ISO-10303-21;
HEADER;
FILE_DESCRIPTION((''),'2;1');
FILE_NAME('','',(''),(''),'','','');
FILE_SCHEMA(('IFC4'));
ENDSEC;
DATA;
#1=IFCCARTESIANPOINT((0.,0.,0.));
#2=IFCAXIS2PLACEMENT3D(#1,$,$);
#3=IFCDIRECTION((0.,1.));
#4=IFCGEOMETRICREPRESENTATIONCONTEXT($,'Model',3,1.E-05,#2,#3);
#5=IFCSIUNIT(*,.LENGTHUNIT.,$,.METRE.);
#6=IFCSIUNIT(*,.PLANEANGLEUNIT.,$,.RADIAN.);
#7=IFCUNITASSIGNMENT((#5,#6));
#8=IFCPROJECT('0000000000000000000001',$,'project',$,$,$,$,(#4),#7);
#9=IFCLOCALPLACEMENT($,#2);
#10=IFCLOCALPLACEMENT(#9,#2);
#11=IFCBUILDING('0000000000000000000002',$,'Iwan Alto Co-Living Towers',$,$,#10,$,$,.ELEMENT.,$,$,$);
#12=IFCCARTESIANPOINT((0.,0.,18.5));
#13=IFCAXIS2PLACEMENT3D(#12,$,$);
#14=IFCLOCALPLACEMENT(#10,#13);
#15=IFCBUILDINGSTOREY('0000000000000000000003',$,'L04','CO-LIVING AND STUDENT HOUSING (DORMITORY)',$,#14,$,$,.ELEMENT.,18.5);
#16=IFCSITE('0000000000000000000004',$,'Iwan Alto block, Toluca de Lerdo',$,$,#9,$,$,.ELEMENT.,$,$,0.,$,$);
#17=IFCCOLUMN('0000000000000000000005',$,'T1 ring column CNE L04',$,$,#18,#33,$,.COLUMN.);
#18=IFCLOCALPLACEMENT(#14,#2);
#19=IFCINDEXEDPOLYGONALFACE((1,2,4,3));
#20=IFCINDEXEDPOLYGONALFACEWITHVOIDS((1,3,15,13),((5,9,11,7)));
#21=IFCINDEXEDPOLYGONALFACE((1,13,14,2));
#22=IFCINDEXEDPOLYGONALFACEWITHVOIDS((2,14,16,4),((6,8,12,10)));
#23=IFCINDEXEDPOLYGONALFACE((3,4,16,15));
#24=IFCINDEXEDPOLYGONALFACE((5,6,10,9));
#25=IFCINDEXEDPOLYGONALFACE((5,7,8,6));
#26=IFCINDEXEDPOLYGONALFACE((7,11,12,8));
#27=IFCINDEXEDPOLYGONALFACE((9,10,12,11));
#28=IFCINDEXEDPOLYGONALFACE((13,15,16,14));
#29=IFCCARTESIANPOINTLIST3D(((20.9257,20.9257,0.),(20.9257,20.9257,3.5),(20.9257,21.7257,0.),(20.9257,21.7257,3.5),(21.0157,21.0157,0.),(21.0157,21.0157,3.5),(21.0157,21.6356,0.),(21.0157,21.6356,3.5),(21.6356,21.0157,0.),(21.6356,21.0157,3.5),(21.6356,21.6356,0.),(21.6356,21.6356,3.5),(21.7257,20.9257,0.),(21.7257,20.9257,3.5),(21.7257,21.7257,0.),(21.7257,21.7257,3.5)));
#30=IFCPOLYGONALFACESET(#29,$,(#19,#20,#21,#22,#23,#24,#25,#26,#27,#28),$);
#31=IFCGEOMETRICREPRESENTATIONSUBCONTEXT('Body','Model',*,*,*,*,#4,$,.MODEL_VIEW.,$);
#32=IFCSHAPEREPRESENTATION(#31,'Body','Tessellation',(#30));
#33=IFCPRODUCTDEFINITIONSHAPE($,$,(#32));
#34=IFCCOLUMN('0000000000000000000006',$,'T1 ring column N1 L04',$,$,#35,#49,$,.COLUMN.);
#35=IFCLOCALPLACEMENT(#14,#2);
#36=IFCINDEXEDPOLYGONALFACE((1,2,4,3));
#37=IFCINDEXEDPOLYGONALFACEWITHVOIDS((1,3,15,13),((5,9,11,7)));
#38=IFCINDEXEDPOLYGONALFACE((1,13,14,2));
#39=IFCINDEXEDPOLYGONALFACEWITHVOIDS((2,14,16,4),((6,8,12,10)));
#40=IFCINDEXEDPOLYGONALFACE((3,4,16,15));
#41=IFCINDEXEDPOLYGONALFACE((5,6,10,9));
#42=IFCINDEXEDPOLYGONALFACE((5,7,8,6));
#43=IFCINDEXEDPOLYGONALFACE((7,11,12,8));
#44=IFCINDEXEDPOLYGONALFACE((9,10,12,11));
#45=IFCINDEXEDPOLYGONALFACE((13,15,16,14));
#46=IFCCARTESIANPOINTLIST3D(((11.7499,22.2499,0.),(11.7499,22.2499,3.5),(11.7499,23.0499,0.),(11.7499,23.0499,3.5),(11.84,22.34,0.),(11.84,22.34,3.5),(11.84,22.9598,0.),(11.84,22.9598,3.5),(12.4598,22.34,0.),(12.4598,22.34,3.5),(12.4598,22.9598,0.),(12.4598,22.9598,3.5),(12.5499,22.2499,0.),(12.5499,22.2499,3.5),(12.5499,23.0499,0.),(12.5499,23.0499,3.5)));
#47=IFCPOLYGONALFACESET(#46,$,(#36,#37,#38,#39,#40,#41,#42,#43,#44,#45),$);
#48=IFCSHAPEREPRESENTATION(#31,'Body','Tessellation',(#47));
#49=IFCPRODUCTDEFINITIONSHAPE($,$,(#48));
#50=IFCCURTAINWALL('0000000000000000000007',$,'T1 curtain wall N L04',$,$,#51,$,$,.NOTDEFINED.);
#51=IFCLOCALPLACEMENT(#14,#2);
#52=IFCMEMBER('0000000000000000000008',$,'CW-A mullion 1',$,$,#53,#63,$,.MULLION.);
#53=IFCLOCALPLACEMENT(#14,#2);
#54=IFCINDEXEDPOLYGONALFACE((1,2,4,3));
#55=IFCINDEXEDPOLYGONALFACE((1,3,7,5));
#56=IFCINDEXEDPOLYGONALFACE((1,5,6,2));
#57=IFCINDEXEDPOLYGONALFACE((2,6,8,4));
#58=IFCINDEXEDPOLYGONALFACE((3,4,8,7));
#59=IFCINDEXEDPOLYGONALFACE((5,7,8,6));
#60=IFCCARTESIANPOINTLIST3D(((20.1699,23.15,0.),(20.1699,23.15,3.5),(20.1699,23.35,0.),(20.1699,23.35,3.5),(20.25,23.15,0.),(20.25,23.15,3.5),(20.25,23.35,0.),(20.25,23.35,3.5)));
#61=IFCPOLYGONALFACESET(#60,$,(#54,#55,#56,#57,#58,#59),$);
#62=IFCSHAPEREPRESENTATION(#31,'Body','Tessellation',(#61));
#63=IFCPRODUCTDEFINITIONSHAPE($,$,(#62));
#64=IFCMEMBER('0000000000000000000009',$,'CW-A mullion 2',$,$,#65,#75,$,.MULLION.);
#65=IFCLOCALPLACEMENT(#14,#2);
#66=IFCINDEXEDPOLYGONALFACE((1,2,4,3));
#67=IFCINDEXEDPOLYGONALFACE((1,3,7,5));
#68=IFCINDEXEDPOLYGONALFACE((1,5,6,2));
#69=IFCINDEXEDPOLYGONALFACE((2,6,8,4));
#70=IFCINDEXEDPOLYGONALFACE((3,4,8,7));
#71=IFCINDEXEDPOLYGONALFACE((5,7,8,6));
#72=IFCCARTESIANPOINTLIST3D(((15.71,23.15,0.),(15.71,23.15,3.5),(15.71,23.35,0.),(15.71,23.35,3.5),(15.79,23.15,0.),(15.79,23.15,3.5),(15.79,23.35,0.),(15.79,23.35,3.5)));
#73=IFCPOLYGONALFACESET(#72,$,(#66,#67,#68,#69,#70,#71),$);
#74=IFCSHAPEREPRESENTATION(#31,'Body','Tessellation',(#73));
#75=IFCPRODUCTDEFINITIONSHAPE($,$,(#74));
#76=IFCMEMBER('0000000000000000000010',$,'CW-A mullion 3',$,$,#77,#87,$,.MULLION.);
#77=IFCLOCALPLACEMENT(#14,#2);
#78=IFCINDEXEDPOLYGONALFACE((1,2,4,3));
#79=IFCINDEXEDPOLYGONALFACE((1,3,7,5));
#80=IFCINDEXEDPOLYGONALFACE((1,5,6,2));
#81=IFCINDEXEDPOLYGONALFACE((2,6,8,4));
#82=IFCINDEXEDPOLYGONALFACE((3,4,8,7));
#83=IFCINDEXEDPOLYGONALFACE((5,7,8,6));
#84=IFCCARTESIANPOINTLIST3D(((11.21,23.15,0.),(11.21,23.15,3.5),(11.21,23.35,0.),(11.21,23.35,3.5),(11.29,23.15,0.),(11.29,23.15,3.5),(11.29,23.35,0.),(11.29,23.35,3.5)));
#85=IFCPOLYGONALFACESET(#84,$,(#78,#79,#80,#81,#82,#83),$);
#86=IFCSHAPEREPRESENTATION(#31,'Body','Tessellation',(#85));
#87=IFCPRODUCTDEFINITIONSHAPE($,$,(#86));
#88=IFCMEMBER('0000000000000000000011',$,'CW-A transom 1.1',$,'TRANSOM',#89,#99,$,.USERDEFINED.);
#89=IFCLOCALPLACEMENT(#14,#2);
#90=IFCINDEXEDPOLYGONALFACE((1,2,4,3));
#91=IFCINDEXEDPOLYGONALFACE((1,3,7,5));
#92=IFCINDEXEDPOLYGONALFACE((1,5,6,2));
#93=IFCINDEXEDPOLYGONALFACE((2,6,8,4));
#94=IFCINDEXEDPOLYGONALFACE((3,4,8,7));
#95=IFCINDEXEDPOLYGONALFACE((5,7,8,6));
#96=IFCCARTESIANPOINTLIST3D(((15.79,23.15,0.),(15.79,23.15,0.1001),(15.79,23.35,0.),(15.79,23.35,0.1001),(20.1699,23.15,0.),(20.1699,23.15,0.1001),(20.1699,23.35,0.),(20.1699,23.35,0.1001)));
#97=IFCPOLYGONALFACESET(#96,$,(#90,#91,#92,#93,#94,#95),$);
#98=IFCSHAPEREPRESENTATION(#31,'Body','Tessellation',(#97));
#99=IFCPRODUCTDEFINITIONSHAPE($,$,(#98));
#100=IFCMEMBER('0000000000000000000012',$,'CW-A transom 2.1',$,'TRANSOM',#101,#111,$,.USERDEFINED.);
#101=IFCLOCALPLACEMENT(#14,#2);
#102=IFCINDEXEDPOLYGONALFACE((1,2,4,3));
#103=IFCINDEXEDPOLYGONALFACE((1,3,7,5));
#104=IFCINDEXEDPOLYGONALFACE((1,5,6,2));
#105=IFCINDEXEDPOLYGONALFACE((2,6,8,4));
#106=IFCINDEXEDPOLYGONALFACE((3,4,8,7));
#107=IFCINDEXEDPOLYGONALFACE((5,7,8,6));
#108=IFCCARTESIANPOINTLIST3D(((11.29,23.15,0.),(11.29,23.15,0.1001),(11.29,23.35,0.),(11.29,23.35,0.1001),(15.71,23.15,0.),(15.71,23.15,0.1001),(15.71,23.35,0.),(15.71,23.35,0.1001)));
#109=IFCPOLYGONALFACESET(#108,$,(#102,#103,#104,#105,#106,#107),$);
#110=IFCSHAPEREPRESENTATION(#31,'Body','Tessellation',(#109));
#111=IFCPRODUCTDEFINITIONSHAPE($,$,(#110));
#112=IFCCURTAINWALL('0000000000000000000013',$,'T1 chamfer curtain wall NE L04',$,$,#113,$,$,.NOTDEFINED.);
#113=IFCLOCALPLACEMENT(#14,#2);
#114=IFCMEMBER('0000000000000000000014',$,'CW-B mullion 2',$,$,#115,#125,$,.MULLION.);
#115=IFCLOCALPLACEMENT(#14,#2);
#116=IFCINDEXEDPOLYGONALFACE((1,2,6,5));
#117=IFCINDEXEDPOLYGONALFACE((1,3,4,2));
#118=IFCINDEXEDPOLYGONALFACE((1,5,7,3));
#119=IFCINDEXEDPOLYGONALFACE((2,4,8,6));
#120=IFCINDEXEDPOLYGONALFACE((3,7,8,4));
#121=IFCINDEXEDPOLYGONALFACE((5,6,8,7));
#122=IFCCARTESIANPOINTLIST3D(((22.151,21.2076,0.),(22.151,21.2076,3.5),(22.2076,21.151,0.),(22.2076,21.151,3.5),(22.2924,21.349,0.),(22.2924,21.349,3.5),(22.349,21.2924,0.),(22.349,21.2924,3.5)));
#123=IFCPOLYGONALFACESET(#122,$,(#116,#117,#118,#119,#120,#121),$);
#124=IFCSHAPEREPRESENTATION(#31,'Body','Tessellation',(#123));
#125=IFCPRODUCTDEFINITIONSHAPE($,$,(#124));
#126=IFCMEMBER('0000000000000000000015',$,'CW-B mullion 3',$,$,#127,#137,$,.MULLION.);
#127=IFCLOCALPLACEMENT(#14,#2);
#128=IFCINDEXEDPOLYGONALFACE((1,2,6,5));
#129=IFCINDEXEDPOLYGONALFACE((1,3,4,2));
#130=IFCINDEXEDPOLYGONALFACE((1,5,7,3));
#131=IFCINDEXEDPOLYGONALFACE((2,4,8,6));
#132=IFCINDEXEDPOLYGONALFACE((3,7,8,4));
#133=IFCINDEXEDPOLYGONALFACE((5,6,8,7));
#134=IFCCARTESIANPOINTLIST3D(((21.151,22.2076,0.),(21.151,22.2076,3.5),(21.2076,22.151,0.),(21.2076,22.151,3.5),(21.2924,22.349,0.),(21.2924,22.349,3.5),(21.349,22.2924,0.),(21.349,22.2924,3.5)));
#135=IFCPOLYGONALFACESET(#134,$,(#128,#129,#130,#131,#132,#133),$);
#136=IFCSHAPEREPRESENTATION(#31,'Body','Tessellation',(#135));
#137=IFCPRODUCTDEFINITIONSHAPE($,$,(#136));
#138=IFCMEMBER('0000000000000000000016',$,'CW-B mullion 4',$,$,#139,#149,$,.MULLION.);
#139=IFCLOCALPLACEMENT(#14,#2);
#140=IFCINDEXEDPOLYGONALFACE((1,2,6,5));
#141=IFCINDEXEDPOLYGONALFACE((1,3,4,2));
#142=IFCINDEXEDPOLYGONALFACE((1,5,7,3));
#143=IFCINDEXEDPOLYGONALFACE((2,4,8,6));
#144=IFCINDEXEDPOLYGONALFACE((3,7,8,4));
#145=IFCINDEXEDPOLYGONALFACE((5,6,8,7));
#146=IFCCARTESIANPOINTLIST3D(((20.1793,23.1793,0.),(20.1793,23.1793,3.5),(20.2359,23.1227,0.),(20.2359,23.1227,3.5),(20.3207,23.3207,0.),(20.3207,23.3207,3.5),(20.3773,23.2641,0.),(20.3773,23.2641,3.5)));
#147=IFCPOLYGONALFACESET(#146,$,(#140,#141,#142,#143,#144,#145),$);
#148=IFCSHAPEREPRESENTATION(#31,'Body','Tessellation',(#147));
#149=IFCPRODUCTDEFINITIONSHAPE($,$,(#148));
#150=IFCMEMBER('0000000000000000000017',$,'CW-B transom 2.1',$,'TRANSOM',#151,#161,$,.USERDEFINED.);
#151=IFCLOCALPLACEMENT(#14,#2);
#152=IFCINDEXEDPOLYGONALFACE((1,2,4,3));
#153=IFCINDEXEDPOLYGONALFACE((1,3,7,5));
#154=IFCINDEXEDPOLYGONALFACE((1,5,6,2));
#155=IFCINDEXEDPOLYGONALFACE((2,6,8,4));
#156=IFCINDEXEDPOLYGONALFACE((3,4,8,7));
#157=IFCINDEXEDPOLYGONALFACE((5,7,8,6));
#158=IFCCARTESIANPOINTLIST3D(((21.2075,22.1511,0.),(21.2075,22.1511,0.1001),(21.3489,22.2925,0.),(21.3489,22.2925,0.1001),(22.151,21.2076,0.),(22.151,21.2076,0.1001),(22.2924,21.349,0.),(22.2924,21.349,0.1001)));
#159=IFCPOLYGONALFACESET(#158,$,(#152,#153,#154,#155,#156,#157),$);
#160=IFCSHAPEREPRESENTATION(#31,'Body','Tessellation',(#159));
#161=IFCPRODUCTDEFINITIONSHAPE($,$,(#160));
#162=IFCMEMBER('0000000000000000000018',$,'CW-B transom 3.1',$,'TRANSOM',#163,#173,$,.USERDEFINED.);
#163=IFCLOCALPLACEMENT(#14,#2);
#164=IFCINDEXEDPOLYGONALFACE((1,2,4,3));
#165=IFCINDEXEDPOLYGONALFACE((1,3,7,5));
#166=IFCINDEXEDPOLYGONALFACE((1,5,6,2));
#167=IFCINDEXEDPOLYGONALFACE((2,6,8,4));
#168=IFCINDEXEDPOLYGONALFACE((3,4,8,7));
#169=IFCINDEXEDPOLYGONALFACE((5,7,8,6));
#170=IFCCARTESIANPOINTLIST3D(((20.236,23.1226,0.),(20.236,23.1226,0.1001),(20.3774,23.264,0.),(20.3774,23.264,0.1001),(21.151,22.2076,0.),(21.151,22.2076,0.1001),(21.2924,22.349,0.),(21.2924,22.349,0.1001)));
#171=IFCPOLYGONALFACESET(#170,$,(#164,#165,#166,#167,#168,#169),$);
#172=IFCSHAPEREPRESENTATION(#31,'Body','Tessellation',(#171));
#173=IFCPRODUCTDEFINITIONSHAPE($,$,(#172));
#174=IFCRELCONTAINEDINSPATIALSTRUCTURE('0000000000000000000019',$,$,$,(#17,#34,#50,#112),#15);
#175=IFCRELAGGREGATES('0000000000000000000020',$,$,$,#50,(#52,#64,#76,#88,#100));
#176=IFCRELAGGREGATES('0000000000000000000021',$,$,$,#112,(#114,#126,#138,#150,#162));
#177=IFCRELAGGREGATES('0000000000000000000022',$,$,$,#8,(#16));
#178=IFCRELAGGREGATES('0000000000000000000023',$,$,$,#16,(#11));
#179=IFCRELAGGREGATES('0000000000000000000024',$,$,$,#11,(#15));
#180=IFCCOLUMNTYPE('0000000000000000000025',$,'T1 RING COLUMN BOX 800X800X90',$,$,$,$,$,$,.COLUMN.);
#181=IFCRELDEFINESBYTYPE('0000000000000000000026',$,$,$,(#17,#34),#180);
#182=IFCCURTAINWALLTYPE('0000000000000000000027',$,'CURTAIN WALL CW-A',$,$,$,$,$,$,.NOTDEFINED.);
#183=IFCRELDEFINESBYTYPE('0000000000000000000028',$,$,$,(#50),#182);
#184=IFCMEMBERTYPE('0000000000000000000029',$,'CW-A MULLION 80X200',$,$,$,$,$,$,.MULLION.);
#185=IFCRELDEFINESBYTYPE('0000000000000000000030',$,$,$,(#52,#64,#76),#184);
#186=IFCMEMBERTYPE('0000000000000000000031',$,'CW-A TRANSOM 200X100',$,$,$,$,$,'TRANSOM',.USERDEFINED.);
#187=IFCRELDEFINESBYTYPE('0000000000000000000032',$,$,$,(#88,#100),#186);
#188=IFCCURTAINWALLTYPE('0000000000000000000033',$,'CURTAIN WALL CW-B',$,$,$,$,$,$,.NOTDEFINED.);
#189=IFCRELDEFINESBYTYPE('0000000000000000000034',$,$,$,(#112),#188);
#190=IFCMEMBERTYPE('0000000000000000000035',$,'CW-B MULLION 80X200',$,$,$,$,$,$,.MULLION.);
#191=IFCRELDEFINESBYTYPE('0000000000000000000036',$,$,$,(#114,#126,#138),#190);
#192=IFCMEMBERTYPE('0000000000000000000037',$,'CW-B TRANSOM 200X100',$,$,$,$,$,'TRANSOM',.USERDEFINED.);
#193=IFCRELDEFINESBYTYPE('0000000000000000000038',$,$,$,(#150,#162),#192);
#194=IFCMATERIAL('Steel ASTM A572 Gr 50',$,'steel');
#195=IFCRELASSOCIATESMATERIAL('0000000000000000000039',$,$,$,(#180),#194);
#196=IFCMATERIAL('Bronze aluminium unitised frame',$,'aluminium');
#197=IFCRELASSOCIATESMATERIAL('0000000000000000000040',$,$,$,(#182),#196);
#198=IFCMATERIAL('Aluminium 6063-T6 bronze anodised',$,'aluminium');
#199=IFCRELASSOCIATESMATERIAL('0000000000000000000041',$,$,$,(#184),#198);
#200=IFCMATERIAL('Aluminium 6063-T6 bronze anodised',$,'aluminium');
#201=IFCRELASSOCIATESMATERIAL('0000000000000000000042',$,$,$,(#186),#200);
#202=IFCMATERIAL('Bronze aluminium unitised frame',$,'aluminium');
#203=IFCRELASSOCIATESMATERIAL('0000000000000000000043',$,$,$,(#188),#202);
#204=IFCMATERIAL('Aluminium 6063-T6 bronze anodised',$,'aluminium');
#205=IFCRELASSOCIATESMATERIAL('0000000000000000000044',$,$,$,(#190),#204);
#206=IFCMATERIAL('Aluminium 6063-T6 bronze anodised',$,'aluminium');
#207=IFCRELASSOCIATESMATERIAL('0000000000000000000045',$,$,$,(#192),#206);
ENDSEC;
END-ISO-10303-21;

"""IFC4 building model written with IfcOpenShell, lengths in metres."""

from ifc_helpers import new_model, si_unit, direction, frame, origin, origin_2d, place, context, subcontext, project, spatial, rectangle, hollow_rectangle, extrude, material, material_profile, profile_set, type_object, element, aggregate, save


model = new_model("IFC4")

# Units and contexts
model_context = context("Model", 3, precision=1e-05, world=origin(), true_north=direction((0.0, 1.0)))
body_context = subcontext(model_context, "Body", "Model", "MODEL_VIEW")
ifc_project = project(units=[si_unit("LENGTHUNIT", "METRE"), si_unit("PLANEANGLEUNIT", "RADIAN")], contexts=[model_context])

# Site, building, storey
site_placement = place(None, origin())
site = spatial("IfcSite", under=ifc_project, at=site_placement, Name="Iwan Alto block, Toluca de Lerdo", CompositionType="ELEMENT", RefElevation=0.0)
building_placement = place(site_placement, origin())
building = spatial("IfcBuilding", under=site, at=building_placement, Name="Iwan Alto Co-Living Towers", CompositionType="ELEMENT")
storey_placement = place(building_placement, frame((0.0, 0.0, 18.5)))
storey = spatial("IfcBuildingStorey", under=building, at=storey_placement, Name="L04", Description="CO-LIVING AND STUDENT HOUSING (DORMITORY)", CompositionType="ELEMENT", Elevation=18.5)

# Columns
ifc_material_1 = material(Name="Steel ASTM A572 Gr 50", Category="steel")
ifc_material_profile_1 = material_profile(ifc_material_1, hollow_rectangle(XDim=0.8, YDim=0.8, WallThickness=0.0901, at=origin_2d()), Name="BOX 800X800X90")
ifc_profile_set_1 = profile_set([ifc_material_profile_1], Name="Steel ASTM A572 Gr 50")
column_type = type_object("IfcColumnType", Name="T1 RING COLUMN BOX 800X800X90", PredefinedType="COLUMN", material=ifc_profile_set_1)
for number, where, z_axis, x_axis, name in (
    (1, (21.3257, 21.3257, 0.0), (0.0, 0.0, 1.0), (1.0, 0.0, 0.0), "T1 ring column CNE L04"),
    (2, (12.1499, 22.6499, 0.0), (0.0, 0.0, 1.0), (1.0, 0.0, 0.0), "T1 ring column N1 L04"),
):
    element("IfcColumn", number, at=place(storey_placement, frame(where, z_axis=z_axis, x_axis=x_axis)), inside=storey, type_object=column_type, Name=name, PredefinedType="COLUMN", context=body_context, shape_type="SweptSolid", body=[
        extrude(hollow_rectangle(XDim=0.8, YDim=0.8, WallThickness=0.0901, at=origin_2d()), origin(), (0.0, 0.0, 1.0), 3.5),
    ])

# Curtain walls, members
ifc_material_2 = material(Name="Bronze aluminium unitised frame", Category="aluminium")
curtain_wall_type_1 = type_object("IfcCurtainWallType", Name="CURTAIN WALL CW-A", PredefinedType="NOTDEFINED", material=ifc_material_2)
curtain_wall_1_placement = place(storey_placement, origin())
curtain_wall_1 = element("IfcCurtainWall", 3, at=curtain_wall_1_placement, inside=storey, type_object=curtain_wall_type_1, Name="T1 curtain wall N L04", PredefinedType="NOTDEFINED")
ifc_material_3 = material(Name="Aluminium 6063-T6 bronze anodised", Category="aluminium")
ifc_material_profile_2 = material_profile(ifc_material_3, rectangle(XDim=0.2, YDim=0.0801, at=origin_2d()), Name="AL 80X200")
ifc_profile_set_2 = profile_set([ifc_material_profile_2], Name="Aluminium 6063-T6 bronze anodised")
member_type_1 = type_object("IfcMemberType", Name="CW-A MULLION 80X200", PredefinedType="MULLION", material=ifc_profile_set_2)
member_1_placement = place(storey_placement, frame((20.21, 23.25, 0.0), z_axis=(0.0, 0.0, 1.0), x_axis=(0.0, -1.0, 0.0)))
member_1 = element("IfcMember", 4, at=member_1_placement, type_object=member_type_1, Name="CW-A mullion 1", PredefinedType="MULLION", context=body_context, shape_type="SweptSolid", body=[
    extrude(rectangle(XDim=0.2, YDim=0.0801, at=origin_2d()), origin(), (0.0, 0.0, 1.0), 3.5),
])
member_2_placement = place(storey_placement, frame((15.75, 23.25, 0.0), z_axis=(0.0, 0.0, 1.0), x_axis=(0.0, -1.0, 0.0)))
member_2 = element("IfcMember", 5, at=member_2_placement, type_object=member_type_1, Name="CW-A mullion 2", PredefinedType="MULLION", context=body_context, shape_type="SweptSolid", body=[
    extrude(rectangle(XDim=0.2, YDim=0.0801, at=origin_2d()), origin(), (0.0, 0.0, 1.0), 3.5),
])
member_3_placement = place(storey_placement, frame((11.25, 23.25, 0.0), z_axis=(0.0, 0.0, 1.0), x_axis=(0.0, -1.0, 0.0)))
member_3 = element("IfcMember", 6, at=member_3_placement, type_object=member_type_1, Name="CW-A mullion 3", PredefinedType="MULLION", context=body_context, shape_type="SweptSolid", body=[
    extrude(rectangle(XDim=0.2, YDim=0.0801, at=origin_2d()), origin(), (0.0, 0.0, 1.0), 3.5),
])
ifc_material_4 = material(Name="Aluminium 6063-T6 bronze anodised", Category="aluminium")
ifc_material_profile_3 = material_profile(ifc_material_4, rectangle(XDim=0.2, YDim=0.1001, at=origin_2d()), Name="AL 200X100")
ifc_profile_set_3 = profile_set([ifc_material_profile_3], Name="Aluminium 6063-T6 bronze anodised")
member_type_2 = type_object("IfcMemberType", Name="CW-A TRANSOM 200X100", ElementType="TRANSOM", PredefinedType="USERDEFINED", material=ifc_profile_set_3)
member_4_placement = place(storey_placement, frame((20.1699, 23.25, 0.05), z_axis=(-1.0, 0.0, 0.0), x_axis=(0.0, -1.0, 0.0)))
member_4 = element("IfcMember", 7, at=member_4_placement, type_object=member_type_2, Name="CW-A transom 1.1", ObjectType="TRANSOM", PredefinedType="USERDEFINED", context=body_context, shape_type="SweptSolid", body=[
    extrude(rectangle(XDim=0.2, YDim=0.1001, at=origin_2d()), origin(), (0.0, 0.0, 1.0), 4.3799),
])
member_5_placement = place(storey_placement, frame((15.71, 23.25, 0.05), z_axis=(-1.0, 0.0, 0.0), x_axis=(0.0, -1.0, 0.0)))
member_5 = element("IfcMember", 8, at=member_5_placement, type_object=member_type_2, Name="CW-A transom 2.1", ObjectType="TRANSOM", PredefinedType="USERDEFINED", context=body_context, shape_type="SweptSolid", body=[
    extrude(rectangle(XDim=0.2, YDim=0.1001, at=origin_2d()), origin(), (0.0, 0.0, 1.0), 4.4199),
])
ifc_material_5 = material(Name="Bronze aluminium unitised frame", Category="aluminium")
curtain_wall_type_2 = type_object("IfcCurtainWallType", Name="CURTAIN WALL CW-B", PredefinedType="NOTDEFINED", material=ifc_material_5)
curtain_wall_2_placement = place(storey_placement, origin())
curtain_wall_2 = element("IfcCurtainWall", 9, at=curtain_wall_2_placement, inside=storey, type_object=curtain_wall_type_2, Name="T1 chamfer curtain wall NE L04", PredefinedType="NOTDEFINED")
ifc_material_6 = material(Name="Aluminium 6063-T6 bronze anodised", Category="aluminium")
ifc_material_profile_4 = material_profile(ifc_material_6, rectangle(XDim=0.2, YDim=0.0801, at=origin_2d()), Name="AL 80X200")
ifc_profile_set_4 = profile_set([ifc_material_profile_4], Name="Aluminium 6063-T6 bronze anodised")
member_type_3 = type_object("IfcMemberType", Name="CW-B MULLION 80X200", PredefinedType="MULLION", material=ifc_profile_set_4)
member_6_placement = place(storey_placement, frame((22.25, 21.25, 0.0), z_axis=(0.0, 0.0, 1.0), x_axis=(-0.707107, -0.707107, 0.0)))
member_6 = element("IfcMember", 10, at=member_6_placement, type_object=member_type_3, Name="CW-B mullion 2", PredefinedType="MULLION", context=body_context, shape_type="SweptSolid", body=[
    extrude(rectangle(XDim=0.2, YDim=0.0801, at=origin_2d()), origin(), (0.0, 0.0, 1.0), 3.5),
])
member_7_placement = place(storey_placement, frame((21.25, 22.25, 0.0), z_axis=(0.0, 0.0, 1.0), x_axis=(-0.707107, -0.707107, 0.0)))
member_7 = element("IfcMember", 11, at=member_7_placement, type_object=member_type_3, Name="CW-B mullion 3", PredefinedType="MULLION", context=body_context, shape_type="SweptSolid", body=[
    extrude(rectangle(XDim=0.2, YDim=0.0801, at=origin_2d()), origin(), (0.0, 0.0, 1.0), 3.5),
])
member_8_placement = place(storey_placement, frame((20.2783, 23.2217, 0.0), z_axis=(0.0, 0.0, 1.0), x_axis=(-0.707107, -0.707107, 0.0)))
member_8 = element("IfcMember", 12, at=member_8_placement, type_object=member_type_3, Name="CW-B mullion 4", PredefinedType="MULLION", context=body_context, shape_type="SweptSolid", body=[
    extrude(rectangle(XDim=0.2, YDim=0.0801, at=origin_2d()), origin(), (0.0, 0.0, 1.0), 3.5),
])
ifc_material_7 = material(Name="Aluminium 6063-T6 bronze anodised", Category="aluminium")
ifc_material_profile_5 = material_profile(ifc_material_7, rectangle(XDim=0.2, YDim=0.1001, at=origin_2d()), Name="AL 200X100")
ifc_profile_set_5 = profile_set([ifc_material_profile_5], Name="Aluminium 6063-T6 bronze anodised")
member_type_4 = type_object("IfcMemberType", Name="CW-B TRANSOM 200X100", ElementType="TRANSOM", PredefinedType="USERDEFINED", material=ifc_profile_set_5)
member_9_placement = place(storey_placement, frame((22.2217, 21.2783, 0.05), z_axis=(-0.707107, 0.707107, 0.0), x_axis=(-0.707107, -0.707107, 0.0)))
member_9 = element("IfcMember", 13, at=member_9_placement, type_object=member_type_4, Name="CW-B transom 2.1", ObjectType="TRANSOM", PredefinedType="USERDEFINED", context=body_context, shape_type="SweptSolid", body=[
    extrude(rectangle(XDim=0.2, YDim=0.1001, at=origin_2d()), origin(), (0.0, 0.0, 1.0), 1.3342),
])
member_10_placement = place(storey_placement, frame((21.2217, 22.2783, 0.05), z_axis=(-0.707107, 0.707107, 0.0), x_axis=(-0.707107, -0.707107, 0.0)))
member_10 = element("IfcMember", 14, at=member_10_placement, type_object=member_type_4, Name="CW-B transom 3.1", ObjectType="TRANSOM", PredefinedType="USERDEFINED", context=body_context, shape_type="SweptSolid", body=[
    extrude(rectangle(XDim=0.2, YDim=0.1001, at=origin_2d()), origin(), (0.0, 0.0, 1.0), 1.2939),
])

aggregate(curtain_wall_1, [member_1, member_2, member_3, member_4, member_5])
aggregate(curtain_wall_2, [member_6, member_7, member_8, member_9, member_10])

save(model, "model.ifc")
